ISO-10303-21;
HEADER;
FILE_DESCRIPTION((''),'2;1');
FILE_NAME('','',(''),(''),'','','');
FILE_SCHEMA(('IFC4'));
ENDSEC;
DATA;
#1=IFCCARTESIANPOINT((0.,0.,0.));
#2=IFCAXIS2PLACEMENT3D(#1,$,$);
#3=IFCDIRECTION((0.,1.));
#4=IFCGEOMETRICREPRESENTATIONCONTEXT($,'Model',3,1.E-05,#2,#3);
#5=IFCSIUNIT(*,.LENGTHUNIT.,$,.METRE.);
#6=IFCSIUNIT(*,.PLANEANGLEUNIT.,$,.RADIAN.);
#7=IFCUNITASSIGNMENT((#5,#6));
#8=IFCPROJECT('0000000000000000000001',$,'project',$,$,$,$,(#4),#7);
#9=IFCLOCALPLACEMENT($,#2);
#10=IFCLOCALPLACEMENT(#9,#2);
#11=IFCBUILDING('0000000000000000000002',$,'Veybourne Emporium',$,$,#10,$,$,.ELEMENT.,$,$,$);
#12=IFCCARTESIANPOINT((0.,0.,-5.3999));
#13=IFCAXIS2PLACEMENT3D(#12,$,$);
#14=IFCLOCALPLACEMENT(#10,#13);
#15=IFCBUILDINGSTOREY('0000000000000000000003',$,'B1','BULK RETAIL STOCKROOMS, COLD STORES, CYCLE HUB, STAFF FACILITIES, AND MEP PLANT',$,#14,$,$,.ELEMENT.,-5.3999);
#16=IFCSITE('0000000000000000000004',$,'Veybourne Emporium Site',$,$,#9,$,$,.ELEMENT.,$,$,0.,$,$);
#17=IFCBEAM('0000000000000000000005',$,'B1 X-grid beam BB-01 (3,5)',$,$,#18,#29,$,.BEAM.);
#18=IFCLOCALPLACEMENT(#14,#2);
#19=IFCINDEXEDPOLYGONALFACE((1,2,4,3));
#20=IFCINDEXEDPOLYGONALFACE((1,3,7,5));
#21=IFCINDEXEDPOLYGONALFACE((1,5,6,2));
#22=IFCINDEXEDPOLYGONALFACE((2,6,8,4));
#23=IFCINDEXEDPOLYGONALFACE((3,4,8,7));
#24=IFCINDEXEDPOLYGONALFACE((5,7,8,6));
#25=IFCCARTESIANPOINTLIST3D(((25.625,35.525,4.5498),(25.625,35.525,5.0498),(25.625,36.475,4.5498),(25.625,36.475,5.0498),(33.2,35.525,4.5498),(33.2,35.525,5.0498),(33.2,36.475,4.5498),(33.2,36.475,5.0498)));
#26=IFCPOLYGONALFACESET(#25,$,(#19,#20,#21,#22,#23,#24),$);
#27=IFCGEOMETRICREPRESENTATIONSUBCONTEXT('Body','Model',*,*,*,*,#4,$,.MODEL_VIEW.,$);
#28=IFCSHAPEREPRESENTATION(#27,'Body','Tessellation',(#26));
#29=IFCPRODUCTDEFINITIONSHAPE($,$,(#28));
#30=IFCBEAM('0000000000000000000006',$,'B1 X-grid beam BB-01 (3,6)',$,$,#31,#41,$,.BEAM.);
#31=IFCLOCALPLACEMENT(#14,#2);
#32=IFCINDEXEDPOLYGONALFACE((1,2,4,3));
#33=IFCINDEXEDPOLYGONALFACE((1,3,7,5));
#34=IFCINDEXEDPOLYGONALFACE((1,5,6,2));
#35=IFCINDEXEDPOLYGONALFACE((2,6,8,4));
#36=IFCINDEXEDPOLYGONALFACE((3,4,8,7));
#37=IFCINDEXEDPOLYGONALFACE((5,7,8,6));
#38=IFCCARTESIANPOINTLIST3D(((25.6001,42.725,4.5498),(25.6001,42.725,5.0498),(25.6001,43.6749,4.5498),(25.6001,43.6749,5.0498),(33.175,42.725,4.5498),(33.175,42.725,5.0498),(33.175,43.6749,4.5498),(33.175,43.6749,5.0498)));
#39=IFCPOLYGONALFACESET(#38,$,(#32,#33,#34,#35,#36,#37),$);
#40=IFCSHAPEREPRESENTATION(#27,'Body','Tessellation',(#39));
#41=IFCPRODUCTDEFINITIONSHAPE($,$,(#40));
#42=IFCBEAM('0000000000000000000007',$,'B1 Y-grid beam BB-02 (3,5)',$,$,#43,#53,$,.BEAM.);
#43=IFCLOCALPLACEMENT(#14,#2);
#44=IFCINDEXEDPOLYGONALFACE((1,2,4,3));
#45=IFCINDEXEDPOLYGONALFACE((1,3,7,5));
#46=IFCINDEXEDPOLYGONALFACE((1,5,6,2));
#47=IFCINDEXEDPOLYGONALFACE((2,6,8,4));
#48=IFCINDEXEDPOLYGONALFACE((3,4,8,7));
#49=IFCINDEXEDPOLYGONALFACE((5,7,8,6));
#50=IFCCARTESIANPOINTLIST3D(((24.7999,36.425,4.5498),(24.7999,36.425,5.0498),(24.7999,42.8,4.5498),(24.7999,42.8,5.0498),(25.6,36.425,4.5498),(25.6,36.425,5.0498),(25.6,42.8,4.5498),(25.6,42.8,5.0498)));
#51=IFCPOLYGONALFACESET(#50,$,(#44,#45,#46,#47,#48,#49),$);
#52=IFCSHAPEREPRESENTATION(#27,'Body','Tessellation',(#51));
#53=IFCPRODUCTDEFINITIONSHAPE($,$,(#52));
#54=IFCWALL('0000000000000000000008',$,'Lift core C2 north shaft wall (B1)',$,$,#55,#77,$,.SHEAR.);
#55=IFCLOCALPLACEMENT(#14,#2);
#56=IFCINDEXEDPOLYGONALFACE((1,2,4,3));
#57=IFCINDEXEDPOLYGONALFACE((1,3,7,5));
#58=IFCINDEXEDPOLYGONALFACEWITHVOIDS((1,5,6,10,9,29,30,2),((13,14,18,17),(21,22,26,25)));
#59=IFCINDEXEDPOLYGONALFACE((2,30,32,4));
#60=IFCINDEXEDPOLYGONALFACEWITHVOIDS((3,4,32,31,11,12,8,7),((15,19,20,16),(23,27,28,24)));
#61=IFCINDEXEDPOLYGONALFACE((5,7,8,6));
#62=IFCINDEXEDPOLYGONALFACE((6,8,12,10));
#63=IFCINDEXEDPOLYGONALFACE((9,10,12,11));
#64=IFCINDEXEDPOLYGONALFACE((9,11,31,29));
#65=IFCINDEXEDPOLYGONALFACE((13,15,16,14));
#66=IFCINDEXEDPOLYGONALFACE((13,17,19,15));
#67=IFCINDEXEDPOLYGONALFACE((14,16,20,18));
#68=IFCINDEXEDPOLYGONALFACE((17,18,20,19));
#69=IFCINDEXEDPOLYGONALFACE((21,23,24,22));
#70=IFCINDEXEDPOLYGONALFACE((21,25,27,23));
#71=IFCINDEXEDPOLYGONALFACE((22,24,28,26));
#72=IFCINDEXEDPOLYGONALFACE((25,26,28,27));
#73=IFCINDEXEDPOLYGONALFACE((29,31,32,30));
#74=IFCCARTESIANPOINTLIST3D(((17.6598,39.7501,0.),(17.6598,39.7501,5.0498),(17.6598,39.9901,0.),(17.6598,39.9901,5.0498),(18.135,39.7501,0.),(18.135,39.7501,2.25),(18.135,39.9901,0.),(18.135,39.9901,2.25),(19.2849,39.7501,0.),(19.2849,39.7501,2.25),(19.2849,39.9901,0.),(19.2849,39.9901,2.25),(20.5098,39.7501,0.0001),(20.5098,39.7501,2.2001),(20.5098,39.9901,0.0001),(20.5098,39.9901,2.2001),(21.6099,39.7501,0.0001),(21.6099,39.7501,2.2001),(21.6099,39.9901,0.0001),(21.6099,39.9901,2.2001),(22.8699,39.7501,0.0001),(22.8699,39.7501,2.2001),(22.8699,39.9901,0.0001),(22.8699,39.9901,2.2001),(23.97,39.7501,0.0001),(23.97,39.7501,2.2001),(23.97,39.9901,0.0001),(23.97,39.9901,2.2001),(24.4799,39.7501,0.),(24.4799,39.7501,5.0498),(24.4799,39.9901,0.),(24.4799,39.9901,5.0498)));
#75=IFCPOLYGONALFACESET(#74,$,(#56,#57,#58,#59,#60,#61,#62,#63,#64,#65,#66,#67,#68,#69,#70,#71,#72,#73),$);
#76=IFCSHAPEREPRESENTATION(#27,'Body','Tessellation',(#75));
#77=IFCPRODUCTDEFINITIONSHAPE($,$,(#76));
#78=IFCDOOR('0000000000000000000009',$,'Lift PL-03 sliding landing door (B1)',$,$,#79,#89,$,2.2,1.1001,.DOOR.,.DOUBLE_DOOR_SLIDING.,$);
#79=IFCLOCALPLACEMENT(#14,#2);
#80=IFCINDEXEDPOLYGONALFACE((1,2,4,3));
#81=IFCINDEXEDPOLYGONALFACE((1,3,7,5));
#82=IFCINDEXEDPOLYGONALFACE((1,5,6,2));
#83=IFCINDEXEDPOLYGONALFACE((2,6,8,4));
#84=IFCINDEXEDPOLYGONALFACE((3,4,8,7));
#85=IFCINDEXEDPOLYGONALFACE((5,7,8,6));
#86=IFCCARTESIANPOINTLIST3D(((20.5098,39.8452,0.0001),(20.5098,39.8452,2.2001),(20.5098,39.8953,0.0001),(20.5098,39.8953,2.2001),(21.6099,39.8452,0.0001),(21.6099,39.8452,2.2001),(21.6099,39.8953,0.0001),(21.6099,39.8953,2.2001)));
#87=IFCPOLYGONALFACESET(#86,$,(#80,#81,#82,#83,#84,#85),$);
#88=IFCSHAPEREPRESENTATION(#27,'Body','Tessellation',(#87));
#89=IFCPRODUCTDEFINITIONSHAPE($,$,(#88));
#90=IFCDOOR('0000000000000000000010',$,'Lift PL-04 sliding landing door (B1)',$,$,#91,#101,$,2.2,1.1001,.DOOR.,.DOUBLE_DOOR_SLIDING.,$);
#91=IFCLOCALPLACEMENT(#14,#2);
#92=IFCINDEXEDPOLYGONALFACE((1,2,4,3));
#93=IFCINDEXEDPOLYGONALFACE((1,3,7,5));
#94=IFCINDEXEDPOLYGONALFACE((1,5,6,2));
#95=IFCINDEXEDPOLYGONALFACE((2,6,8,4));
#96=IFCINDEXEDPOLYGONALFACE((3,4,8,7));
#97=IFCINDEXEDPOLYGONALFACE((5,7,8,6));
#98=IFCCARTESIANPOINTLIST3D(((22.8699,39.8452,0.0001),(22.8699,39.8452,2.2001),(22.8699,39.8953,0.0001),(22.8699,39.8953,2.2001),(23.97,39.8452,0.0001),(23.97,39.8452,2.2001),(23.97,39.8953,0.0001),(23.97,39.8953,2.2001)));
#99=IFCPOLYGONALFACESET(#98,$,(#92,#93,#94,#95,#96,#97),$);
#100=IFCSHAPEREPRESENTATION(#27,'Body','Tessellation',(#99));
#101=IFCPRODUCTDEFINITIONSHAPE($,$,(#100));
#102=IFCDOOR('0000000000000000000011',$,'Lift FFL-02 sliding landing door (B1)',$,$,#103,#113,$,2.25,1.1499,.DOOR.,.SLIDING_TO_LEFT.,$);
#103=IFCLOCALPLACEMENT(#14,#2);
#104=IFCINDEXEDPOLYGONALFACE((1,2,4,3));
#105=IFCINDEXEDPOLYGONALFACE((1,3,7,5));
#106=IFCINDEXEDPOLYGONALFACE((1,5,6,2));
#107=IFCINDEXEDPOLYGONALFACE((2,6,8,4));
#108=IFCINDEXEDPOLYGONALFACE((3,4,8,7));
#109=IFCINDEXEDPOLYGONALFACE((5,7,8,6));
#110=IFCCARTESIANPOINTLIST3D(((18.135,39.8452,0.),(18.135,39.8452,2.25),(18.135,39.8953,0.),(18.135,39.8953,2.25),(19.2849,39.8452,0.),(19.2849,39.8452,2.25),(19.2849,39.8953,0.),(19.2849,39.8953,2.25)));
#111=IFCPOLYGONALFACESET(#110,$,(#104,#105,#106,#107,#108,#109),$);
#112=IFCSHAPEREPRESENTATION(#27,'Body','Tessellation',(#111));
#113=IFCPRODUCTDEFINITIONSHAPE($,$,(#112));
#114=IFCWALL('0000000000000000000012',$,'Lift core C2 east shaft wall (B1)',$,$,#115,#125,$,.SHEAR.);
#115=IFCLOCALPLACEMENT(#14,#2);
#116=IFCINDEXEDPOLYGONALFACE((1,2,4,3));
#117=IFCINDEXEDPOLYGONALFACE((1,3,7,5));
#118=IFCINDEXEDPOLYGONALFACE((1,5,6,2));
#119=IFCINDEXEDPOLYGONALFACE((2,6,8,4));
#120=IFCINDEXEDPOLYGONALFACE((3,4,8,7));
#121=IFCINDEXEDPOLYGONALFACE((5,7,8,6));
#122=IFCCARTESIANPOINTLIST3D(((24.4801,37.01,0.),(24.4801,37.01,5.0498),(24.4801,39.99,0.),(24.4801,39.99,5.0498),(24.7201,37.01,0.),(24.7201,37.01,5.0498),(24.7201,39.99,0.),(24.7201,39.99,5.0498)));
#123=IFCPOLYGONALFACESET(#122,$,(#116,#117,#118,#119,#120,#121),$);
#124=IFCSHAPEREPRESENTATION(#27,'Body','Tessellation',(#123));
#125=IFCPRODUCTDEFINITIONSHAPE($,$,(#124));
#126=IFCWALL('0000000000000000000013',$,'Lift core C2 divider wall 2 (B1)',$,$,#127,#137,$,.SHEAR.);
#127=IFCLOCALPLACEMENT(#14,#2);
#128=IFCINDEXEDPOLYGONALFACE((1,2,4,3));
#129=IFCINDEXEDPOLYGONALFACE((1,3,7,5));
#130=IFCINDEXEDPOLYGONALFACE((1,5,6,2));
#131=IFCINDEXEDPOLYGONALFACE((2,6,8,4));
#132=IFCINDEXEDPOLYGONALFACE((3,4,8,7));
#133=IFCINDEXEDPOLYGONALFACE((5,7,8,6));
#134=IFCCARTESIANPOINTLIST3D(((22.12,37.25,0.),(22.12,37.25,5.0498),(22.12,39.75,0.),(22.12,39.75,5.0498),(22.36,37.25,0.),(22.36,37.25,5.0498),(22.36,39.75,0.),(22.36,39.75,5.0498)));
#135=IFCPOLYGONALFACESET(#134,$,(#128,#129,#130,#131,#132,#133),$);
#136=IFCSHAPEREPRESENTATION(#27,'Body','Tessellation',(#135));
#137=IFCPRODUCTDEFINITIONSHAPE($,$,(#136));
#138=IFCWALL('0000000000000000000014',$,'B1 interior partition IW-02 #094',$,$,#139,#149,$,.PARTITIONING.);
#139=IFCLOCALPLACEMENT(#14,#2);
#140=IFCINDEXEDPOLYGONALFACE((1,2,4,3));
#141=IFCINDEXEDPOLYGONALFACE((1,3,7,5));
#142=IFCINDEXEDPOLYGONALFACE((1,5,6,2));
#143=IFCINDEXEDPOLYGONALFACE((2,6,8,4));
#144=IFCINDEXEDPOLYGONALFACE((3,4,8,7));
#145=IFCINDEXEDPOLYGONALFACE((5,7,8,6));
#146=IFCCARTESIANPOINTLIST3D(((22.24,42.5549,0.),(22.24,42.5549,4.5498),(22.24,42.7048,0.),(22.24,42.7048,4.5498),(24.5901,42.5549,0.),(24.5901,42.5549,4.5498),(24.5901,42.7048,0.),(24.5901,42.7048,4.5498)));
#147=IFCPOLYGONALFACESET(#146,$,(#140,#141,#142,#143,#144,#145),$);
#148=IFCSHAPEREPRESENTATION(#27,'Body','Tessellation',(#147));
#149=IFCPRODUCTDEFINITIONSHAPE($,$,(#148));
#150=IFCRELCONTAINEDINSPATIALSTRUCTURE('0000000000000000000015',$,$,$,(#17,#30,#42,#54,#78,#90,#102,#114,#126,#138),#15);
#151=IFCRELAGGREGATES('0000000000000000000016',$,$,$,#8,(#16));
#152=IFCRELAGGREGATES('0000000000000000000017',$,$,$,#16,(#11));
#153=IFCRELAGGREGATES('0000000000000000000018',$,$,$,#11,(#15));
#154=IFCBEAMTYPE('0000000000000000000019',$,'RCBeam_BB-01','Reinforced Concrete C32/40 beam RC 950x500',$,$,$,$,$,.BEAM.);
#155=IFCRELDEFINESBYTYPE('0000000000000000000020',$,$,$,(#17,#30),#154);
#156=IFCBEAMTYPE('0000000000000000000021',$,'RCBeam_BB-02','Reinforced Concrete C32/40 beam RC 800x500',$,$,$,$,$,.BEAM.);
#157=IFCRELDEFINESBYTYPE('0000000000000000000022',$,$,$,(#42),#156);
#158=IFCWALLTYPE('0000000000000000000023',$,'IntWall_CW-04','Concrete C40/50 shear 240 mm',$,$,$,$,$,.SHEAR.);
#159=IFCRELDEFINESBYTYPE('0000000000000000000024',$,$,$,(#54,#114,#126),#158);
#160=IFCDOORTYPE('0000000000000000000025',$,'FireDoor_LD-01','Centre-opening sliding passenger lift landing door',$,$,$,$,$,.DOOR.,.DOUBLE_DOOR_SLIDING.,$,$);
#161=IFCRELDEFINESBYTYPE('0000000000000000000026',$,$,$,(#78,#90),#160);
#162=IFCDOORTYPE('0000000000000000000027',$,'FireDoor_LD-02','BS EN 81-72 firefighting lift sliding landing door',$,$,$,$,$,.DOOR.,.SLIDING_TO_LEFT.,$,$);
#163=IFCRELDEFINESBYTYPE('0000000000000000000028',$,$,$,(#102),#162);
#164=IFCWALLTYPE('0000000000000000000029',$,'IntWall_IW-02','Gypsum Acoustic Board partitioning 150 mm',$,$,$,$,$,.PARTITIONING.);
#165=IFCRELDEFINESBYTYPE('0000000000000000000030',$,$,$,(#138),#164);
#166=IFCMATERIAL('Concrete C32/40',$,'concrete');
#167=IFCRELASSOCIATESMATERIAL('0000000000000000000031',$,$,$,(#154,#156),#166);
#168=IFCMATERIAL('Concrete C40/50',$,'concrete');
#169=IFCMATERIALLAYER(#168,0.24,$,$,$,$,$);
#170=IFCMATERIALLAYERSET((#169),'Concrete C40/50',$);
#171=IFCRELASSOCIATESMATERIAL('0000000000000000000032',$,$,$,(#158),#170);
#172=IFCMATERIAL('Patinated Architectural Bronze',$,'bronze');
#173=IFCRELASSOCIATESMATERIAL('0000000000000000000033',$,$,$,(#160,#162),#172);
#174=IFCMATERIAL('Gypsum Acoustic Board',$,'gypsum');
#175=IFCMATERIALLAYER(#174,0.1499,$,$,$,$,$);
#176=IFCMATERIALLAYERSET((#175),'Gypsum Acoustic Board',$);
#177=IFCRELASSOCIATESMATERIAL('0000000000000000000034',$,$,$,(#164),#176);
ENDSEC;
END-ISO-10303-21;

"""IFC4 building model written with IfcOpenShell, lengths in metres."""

from ifc_helpers import new_model, si_unit, direction, frame, frame_2d, origin, origin_2d, place, context, subcontext, project, spatial, rectangle, extrude, material, layer, layer_set, material_profile, profile_set, type_object, element, fill, save


model = new_model("IFC4")

# Units and contexts
model_context = context("Model", 3, precision=1e-05, world=origin(), true_north=direction((0.0, 1.0)))
body_context = subcontext(model_context, "Body", "Model", "MODEL_VIEW")
ifc_project = project(units=[si_unit("LENGTHUNIT", "METRE"), si_unit("PLANEANGLEUNIT", "RADIAN")], contexts=[model_context])

# Site, building, storey
site_placement = place(None, origin())
site = spatial("IfcSite", under=ifc_project, at=site_placement, Name="Veybourne Emporium Site", CompositionType="ELEMENT", RefElevation=0.0)
building_placement = place(site_placement, origin())
building = spatial("IfcBuilding", under=site, at=building_placement, Name="Veybourne Emporium", CompositionType="ELEMENT")
storey_placement = place(building_placement, frame((0.0, 0.0, -5.3999)))
storey = spatial("IfcBuildingStorey", under=building, at=storey_placement, Name="B1", Description="BULK RETAIL STOCKROOMS, COLD STORES, CYCLE HUB, STAFF FACILITIES, AND MEP PLANT", CompositionType="ELEMENT", Elevation=-5.3999)

# Shared definitions
ifc_material_1 = material(Name="Concrete C40/50", Category="concrete")

# Beams
ifc_material_2 = material(Name="Concrete C32/40", Category="concrete")
ifc_material_profile_1 = material_profile(ifc_material_2, rectangle(XDim=0.95, YDim=0.5, at=origin_2d()), Name="RC 950x500")
ifc_profile_set_1 = profile_set([ifc_material_profile_1], Name="Concrete C32/40")
beam_type_1 = type_object("IfcBeamType", Name="RCBeam_BB-01", Description="Reinforced Concrete C32/40 beam RC 950x500", PredefinedType="BEAM", material=ifc_profile_set_1)
for number, where, z_axis, x_axis, name in (
    (1, (25.625, 36.0, 4.7998), (1.0, 0.0, 0.0), (0.0, 1.0, 0.0), "B1 X-grid beam BB-01 (3,5)"),
    (2, (25.6001, 43.2, 4.7998), (1.0, 0.0, 0.0), (0.0, 1.0, 0.0), "B1 X-grid beam BB-01 (3,6)"),
):
    element("IfcBeam", number, at=place(storey_placement, frame(where, z_axis=z_axis, x_axis=x_axis)), inside=storey, type_object=beam_type_1, Name=name, PredefinedType="BEAM", context=body_context, shape_type="SweptSolid", body=[
        extrude(rectangle(XDim=0.95, YDim=0.5, at=origin_2d()), origin(), (0.0, 0.0, 1.0), 7.575),
    ])
ifc_material_profile_2 = material_profile(ifc_material_2, rectangle(XDim=0.8, YDim=0.5, at=origin_2d()), Name="RC 800x500")
ifc_profile_set_2 = profile_set([ifc_material_profile_2], Name="Concrete C32/40")
beam_type_2 = type_object("IfcBeamType", Name="RCBeam_BB-02", Description="Reinforced Concrete C32/40 beam RC 800x500", PredefinedType="BEAM", material=ifc_profile_set_2)
beam_placement = place(storey_placement, frame((25.2, 36.425, 4.7998), z_axis=(0.0, 1.0, 0.0), x_axis=(-1.0, 0.0, 0.0)))
element("IfcBeam", 3, at=beam_placement, inside=storey, type_object=beam_type_2, Name="B1 Y-grid beam BB-02 (3,5)", PredefinedType="BEAM", context=body_context, shape_type="SweptSolid", body=[
    extrude(rectangle(XDim=0.8, YDim=0.5, at=origin_2d()), origin(), (0.0, 0.0, 1.0), 6.375),
])

# Wall, openings, doors
ifc_layer_1 = layer(ifc_material_1, 0.24)
ifc_layer_set_1 = layer_set([ifc_layer_1], Name="Concrete C40/50")
wall_type_1 = type_object("IfcWallType", Name="IntWall_CW-04", Description="Concrete C40/50 shear 240 mm", PredefinedType="SHEAR", material=ifc_layer_set_1)
wall_1_placement = place(storey_placement, frame((24.48, 39.8701, 0.0), z_axis=(0.0, 0.0, 1.0), x_axis=(-1.0, 0.0, 0.0)))
wall_1 = element("IfcWall", 4, at=wall_1_placement, inside=storey, type_object=wall_type_1, Name="Lift core C2 north shaft wall (B1)", PredefinedType="SHEAR", context=body_context, shape_type="SweptSolid", body=[
    extrude(rectangle(XDim=6.8201, YDim=0.24, at=frame_2d((3.4102, 0.0))), origin(), (0.0, 0.0, 1.0), 5.0498),
])
opening_1_placement = place(wall_1_placement, frame((5.1951, 0.0, 0.0)))
opening_1 = element("IfcOpeningElement", 5, at=opening_1_placement, cuts=wall_1, PredefinedType="OPENING", context=body_context, shape_type="SweptSolid", body=[
    extrude(rectangle(XDim=1.1499, YDim=2.25, at=frame_2d((0.575, 1.125))), frame((0.0, 0.1401, 0.0), z_axis=(0.0, -1.0, 0.0), x_axis=(1.0, 0.0, 0.0)), (0.0, 0.0, 1.0), 0.28),
])
opening_2_placement = place(wall_1_placement, frame((2.8701, 0.0, 0.0)))
opening_2 = element("IfcOpeningElement", 6, at=opening_2_placement, cuts=wall_1, PredefinedType="OPENING", context=body_context, shape_type="SweptSolid", body=[
    extrude(rectangle(XDim=1.1001, YDim=2.2, at=frame_2d((0.55, 1.1001))), frame((0.0, 0.1401, 0.0), z_axis=(0.0, -1.0, 0.0), x_axis=(1.0, 0.0, 0.0)), (0.0, 0.0, 1.0), 0.28),
])
opening_3_placement = place(wall_1_placement, frame((0.51, 0.0, 0.0)))
opening_3 = element("IfcOpeningElement", 7, at=opening_3_placement, cuts=wall_1, PredefinedType="OPENING", context=body_context, shape_type="SweptSolid", body=[
    extrude(rectangle(XDim=1.1001, YDim=2.2, at=frame_2d((0.55, 1.1001))), frame((0.0, 0.1401, 0.0), z_axis=(0.0, -1.0, 0.0), x_axis=(1.0, 0.0, 0.0)), (0.0, 0.0, 1.0), 0.28),
])
ifc_material_3 = material(Name="Patinated Architectural Bronze", Category="bronze")
door_type_1 = type_object("IfcDoorType", Name="FireDoor_LD-01", Description="Centre-opening sliding passenger lift landing door", OperationType="DOUBLE_DOOR_SLIDING", PredefinedType="DOOR", material=ifc_material_3)
door_1_placement = place(opening_2_placement, origin())
door_1 = element("IfcDoor", 8, at=door_1_placement, inside=storey, type_object=door_type_1, Name="Lift PL-03 sliding landing door (B1)", OperationType="DOUBLE_DOOR_SLIDING", OverallHeight=2.2, OverallWidth=1.1001, PredefinedType="DOOR", context=body_context, shape_type="SweptSolid", body=[
    extrude(rectangle(XDim=1.1001, YDim=2.2, at=frame_2d((0.55, 1.1001))), frame((0.0, 0.0249, 0.0), z_axis=(0.0, -1.0, 0.0), x_axis=(1.0, 0.0, 0.0)), (0.0, 0.0, 1.0), 0.05),
])
fill(opening_2, door_1)
door_2_placement = place(opening_3_placement, origin())
door_2 = element("IfcDoor", 9, at=door_2_placement, inside=storey, type_object=door_type_1, Name="Lift PL-04 sliding landing door (B1)", OperationType="DOUBLE_DOOR_SLIDING", OverallHeight=2.2, OverallWidth=1.1001, PredefinedType="DOOR", context=body_context, shape_type="SweptSolid", body=[
    extrude(rectangle(XDim=1.1001, YDim=2.2, at=frame_2d((0.55, 1.1001))), frame((0.0, 0.0249, 0.0), z_axis=(0.0, -1.0, 0.0), x_axis=(1.0, 0.0, 0.0)), (0.0, 0.0, 1.0), 0.05),
])
fill(opening_3, door_2)
door_type_2 = type_object("IfcDoorType", Name="FireDoor_LD-02", Description="BS EN 81-72 firefighting lift sliding landing door", OperationType="SLIDING_TO_LEFT", PredefinedType="DOOR", material=ifc_material_3)
door_3_placement = place(opening_1_placement, origin())
door_3 = element("IfcDoor", 10, at=door_3_placement, inside=storey, type_object=door_type_2, Name="Lift FFL-02 sliding landing door (B1)", OperationType="SLIDING_TO_LEFT", OverallHeight=2.25, OverallWidth=1.1499, PredefinedType="DOOR", context=body_context, shape_type="SweptSolid", body=[
    extrude(rectangle(XDim=1.1499, YDim=2.25, at=frame_2d((0.575, 1.125))), frame((0.0, 0.0249, 0.0), z_axis=(0.0, -1.0, 0.0), x_axis=(1.0, 0.0, 0.0)), (0.0, 0.0, 1.0), 0.05),
])
fill(opening_1, door_3)

# Walls
wall_2_placement = place(storey_placement, frame((24.6001, 37.01, 0.0), z_axis=(0.0, 0.0, 1.0), x_axis=(0.0, 1.0, 0.0)))
element("IfcWall", 11, at=wall_2_placement, inside=storey, type_object=wall_type_1, Name="Lift core C2 east shaft wall (B1)", PredefinedType="SHEAR", context=body_context, shape_type="SweptSolid", body=[
    extrude(rectangle(XDim=2.98, YDim=0.24, at=frame_2d((1.49, 0.0))), origin(), (0.0, 0.0, 1.0), 5.0498),
])
wall_3_placement = place(storey_placement, frame((22.24, 37.25, 0.0), z_axis=(0.0, 0.0, 1.0), x_axis=(0.0, 1.0, 0.0)))
element("IfcWall", 12, at=wall_3_placement, inside=storey, type_object=wall_type_1, Name="Lift core C2 divider wall 2 (B1)", PredefinedType="SHEAR", context=body_context, shape_type="SweptSolid", body=[
    extrude(rectangle(XDim=2.5, YDim=0.24, at=frame_2d((1.25, 0.0))), origin(), (0.0, 0.0, 1.0), 5.0498),
])
ifc_material_4 = material(Name="Gypsum Acoustic Board", Category="gypsum")
ifc_layer_2 = layer(ifc_material_4, 0.1499)
ifc_layer_set_2 = layer_set([ifc_layer_2], Name="Gypsum Acoustic Board")
wall_type_2 = type_object("IfcWallType", Name="IntWall_IW-02", Description="Gypsum Acoustic Board partitioning 150 mm", PredefinedType="PARTITIONING", material=ifc_layer_set_2)
wall_4_placement = place(storey_placement, frame((22.24, 42.6299, 0.0), z_axis=(0.0, 0.0, 1.0), x_axis=(1.0, 0.0, 0.0)))
element("IfcWall", 13, at=wall_4_placement, inside=storey, type_object=wall_type_2, Name="B1 interior partition IW-02 #094", PredefinedType="PARTITIONING", context=body_context, shape_type="SweptSolid", body=[
    extrude(rectangle(XDim=2.3501, YDim=0.1499, at=frame_2d((1.175, 0.0))), origin(), (0.0, 0.0, 1.0), 4.5498),
])

save(model, "model.ifc")
